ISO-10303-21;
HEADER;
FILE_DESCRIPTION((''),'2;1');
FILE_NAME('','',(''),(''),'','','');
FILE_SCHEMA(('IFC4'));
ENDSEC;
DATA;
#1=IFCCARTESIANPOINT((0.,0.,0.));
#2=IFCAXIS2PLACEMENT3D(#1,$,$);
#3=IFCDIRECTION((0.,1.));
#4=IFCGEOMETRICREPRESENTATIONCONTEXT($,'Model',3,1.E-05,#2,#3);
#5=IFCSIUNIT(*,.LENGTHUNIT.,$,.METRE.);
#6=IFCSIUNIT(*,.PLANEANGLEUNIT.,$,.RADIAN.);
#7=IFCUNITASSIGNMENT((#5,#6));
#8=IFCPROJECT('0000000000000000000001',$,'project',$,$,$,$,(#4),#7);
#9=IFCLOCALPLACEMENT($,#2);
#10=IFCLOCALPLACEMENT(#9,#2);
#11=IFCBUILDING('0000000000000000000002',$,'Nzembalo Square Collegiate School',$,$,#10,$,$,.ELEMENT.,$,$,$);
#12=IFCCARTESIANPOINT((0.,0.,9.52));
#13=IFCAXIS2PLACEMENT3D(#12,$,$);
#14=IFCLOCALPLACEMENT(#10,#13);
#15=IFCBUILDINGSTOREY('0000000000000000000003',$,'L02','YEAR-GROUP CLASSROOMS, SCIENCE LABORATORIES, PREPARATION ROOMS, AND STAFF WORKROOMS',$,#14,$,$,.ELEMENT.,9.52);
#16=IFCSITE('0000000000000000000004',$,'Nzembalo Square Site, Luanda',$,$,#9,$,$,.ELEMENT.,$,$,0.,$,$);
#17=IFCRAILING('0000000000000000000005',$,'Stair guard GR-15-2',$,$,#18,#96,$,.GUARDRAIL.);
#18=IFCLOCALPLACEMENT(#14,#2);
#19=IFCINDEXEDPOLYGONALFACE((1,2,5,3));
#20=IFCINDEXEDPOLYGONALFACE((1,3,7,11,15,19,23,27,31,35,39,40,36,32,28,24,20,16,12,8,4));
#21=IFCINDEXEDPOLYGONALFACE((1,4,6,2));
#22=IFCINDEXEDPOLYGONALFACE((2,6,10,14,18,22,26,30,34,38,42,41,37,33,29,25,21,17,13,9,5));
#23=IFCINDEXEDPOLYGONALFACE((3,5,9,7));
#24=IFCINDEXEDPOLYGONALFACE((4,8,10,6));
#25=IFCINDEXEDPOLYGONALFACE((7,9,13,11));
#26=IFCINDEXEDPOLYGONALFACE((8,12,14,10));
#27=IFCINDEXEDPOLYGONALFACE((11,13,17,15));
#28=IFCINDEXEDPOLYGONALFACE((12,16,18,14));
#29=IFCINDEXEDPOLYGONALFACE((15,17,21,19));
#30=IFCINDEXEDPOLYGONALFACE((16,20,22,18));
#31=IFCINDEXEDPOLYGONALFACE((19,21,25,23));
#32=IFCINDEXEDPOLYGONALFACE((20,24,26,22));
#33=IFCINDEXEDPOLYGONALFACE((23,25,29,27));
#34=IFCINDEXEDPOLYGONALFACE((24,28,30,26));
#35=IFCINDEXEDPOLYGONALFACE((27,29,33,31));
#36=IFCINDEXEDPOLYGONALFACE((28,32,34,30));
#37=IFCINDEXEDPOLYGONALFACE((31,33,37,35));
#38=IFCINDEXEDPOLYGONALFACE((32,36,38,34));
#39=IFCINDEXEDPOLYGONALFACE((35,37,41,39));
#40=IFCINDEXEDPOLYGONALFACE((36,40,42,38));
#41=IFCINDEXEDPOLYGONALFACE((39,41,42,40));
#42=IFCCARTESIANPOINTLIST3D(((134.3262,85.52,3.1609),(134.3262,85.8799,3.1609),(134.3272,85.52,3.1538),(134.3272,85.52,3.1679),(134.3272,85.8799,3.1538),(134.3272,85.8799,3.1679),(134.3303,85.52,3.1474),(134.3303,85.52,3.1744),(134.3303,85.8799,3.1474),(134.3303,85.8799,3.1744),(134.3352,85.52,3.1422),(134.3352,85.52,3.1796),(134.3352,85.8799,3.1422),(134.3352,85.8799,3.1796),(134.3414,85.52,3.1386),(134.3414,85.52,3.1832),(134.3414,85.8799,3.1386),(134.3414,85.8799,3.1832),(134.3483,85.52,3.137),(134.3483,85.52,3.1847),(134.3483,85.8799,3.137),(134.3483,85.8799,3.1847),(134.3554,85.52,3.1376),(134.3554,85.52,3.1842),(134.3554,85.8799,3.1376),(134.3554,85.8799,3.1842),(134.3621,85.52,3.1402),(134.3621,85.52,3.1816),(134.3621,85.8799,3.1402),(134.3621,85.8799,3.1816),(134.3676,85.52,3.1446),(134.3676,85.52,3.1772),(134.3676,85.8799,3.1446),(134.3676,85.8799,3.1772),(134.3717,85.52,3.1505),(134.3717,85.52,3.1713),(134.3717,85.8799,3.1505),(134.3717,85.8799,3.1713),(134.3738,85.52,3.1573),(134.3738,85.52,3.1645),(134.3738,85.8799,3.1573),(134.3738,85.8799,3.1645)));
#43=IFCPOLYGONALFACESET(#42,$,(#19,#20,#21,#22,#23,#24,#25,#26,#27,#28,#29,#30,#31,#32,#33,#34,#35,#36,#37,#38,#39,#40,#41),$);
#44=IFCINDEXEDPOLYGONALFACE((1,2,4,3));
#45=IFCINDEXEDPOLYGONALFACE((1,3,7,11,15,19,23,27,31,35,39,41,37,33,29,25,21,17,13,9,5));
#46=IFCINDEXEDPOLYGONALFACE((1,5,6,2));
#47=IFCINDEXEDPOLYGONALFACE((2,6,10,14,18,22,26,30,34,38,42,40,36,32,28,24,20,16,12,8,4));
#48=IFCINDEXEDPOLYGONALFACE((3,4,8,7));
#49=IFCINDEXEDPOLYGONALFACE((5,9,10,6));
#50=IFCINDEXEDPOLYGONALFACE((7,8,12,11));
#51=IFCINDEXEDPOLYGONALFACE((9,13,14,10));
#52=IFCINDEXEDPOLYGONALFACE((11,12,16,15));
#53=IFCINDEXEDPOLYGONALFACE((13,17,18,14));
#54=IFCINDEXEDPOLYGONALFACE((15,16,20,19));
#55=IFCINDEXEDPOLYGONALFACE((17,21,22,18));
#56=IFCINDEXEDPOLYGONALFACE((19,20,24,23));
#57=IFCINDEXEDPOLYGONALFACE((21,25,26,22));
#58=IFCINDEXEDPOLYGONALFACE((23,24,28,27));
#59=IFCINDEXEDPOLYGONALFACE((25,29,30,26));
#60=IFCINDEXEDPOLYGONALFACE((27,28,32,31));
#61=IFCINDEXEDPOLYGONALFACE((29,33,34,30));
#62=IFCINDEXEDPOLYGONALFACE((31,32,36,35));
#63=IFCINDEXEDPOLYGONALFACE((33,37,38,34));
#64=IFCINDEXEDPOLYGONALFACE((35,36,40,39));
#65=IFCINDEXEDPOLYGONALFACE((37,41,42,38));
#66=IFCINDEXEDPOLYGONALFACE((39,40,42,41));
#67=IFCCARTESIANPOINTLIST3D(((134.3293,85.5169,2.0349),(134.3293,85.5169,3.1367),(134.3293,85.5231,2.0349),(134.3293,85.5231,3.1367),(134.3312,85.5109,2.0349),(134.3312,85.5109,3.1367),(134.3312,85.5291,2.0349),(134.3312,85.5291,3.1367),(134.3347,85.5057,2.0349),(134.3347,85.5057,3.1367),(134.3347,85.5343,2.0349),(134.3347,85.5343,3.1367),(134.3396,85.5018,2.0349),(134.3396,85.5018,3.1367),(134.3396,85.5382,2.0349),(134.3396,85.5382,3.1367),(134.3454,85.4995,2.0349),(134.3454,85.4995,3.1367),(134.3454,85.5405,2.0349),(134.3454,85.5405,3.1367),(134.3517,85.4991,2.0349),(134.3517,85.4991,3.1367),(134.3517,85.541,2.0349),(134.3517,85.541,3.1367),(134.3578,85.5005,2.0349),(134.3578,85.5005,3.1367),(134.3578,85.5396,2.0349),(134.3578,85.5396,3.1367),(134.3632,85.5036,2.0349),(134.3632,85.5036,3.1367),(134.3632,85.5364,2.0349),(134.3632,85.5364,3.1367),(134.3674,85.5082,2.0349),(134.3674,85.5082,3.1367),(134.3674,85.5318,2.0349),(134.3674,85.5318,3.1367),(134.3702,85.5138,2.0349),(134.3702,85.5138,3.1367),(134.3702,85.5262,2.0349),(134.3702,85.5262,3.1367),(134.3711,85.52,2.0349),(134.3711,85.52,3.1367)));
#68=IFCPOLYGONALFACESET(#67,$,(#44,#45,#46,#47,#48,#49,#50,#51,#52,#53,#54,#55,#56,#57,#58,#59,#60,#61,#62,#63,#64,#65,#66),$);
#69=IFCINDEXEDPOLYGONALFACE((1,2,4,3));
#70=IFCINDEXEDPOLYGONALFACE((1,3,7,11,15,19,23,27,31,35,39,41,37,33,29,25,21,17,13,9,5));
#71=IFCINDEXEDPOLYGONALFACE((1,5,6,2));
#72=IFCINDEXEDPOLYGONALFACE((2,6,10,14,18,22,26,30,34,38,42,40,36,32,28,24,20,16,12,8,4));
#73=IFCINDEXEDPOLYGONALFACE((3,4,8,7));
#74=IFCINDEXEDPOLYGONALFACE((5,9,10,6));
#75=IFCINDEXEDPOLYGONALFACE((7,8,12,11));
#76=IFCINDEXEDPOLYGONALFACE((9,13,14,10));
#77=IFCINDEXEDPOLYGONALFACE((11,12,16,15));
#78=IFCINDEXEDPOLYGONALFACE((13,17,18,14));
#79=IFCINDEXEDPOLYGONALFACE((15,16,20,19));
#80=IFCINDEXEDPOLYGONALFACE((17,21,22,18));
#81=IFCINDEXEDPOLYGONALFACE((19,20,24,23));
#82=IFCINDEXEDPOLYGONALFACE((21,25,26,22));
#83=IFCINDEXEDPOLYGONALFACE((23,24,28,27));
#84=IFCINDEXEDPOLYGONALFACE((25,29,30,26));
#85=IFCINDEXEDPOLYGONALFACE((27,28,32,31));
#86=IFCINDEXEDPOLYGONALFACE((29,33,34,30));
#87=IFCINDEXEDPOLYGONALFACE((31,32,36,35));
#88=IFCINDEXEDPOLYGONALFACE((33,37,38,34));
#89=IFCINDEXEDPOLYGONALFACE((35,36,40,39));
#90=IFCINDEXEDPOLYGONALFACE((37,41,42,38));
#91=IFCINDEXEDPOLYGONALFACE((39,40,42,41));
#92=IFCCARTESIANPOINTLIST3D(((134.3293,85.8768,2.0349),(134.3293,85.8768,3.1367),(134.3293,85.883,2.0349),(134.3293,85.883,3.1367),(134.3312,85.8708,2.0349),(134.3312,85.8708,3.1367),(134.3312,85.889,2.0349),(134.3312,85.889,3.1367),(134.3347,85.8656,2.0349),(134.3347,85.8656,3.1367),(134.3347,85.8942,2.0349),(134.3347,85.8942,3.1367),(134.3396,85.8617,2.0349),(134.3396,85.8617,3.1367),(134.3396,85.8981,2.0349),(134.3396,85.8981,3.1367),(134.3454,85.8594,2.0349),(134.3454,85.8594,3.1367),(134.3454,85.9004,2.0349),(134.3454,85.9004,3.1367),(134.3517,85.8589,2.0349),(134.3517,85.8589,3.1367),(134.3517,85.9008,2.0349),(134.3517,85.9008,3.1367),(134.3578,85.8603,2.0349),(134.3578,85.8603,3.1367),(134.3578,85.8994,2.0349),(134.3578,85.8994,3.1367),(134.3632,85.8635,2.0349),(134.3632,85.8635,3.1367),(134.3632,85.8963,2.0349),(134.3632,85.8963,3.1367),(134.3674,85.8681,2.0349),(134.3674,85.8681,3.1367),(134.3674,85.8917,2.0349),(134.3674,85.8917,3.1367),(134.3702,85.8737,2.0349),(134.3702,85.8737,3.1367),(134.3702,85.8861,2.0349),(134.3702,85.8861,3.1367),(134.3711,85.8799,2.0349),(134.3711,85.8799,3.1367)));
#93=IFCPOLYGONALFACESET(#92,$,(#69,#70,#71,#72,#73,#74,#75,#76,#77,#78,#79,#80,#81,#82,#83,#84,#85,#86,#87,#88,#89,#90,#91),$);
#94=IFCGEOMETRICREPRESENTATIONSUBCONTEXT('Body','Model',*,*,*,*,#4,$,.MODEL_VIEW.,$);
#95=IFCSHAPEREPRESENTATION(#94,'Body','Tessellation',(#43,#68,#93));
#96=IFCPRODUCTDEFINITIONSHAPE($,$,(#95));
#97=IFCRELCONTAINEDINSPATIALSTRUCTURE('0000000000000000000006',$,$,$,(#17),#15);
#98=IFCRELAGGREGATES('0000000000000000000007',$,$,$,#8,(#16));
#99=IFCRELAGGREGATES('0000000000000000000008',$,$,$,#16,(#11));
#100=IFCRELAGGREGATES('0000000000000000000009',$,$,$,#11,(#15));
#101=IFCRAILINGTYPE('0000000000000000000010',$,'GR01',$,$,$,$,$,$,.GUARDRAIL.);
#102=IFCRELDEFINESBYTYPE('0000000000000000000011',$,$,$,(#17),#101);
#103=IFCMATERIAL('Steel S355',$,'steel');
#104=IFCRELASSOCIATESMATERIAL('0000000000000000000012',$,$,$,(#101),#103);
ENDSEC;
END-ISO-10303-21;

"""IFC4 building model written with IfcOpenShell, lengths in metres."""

from ifc_helpers import new_model, si_unit, direction, frame, origin, origin_2d, place, context, subcontext, project, spatial, circle, extrude, material, type_object, element, save


model = new_model("IFC4")

# Units and contexts
model_context = context("Model", 3, precision=1e-05, world=origin(), true_north=direction((0.0, 1.0)))
body_context = subcontext(model_context, "Body", "Model", "MODEL_VIEW")
ifc_project = project(units=[si_unit("LENGTHUNIT", "METRE"), si_unit("PLANEANGLEUNIT", "RADIAN")], contexts=[model_context])

# Site, building, storey
site_placement = place(None, origin())
site = spatial("IfcSite", under=ifc_project, at=site_placement, Name="Nzembalo Square Site, Luanda", CompositionType="ELEMENT", RefElevation=0.0)
building_placement = place(site_placement, origin())
building = spatial("IfcBuilding", under=site, at=building_placement, Name="Nzembalo Square Collegiate School", CompositionType="ELEMENT")
storey_placement = place(building_placement, frame((0.0, 0.0, 9.52)))
storey = spatial("IfcBuildingStorey", under=building, at=storey_placement, Name="L02", Description="YEAR-GROUP CLASSROOMS, SCIENCE LABORATORIES, PREPARATION ROOMS, AND STAFF WORKROOMS", CompositionType="ELEMENT", Elevation=9.52)

# Railing
ifc_material_1 = material(Name="Steel S355", Category="steel")
railing_type = type_object("IfcRailingType", Name="GR01", PredefinedType="GUARDRAIL", material=ifc_material_1)
railing_1_placement = place(storey_placement, frame((134.3501, 85.52, 2.0349)))
element("IfcRailing", 1, at=railing_1_placement, inside=storey, type_object=railing_type, Name="Stair guard GR-15-2", PredefinedType="GUARDRAIL", context=body_context, shape_type="SweptSolid", body=[
    extrude(circle(Radius=0.0239, at=origin_2d()), frame((0.0, 0.0, 1.126), z_axis=(0.0, 1.0, 0.0), x_axis=(-1.0, 0.0, 0.0)), (0.0, 0.0, 1.0), 0.3599),
    extrude(circle(Radius=0.021, at=origin_2d()), origin(), (0.0, 0.0, 1.0), 1.1018),
    extrude(circle(Radius=0.021, at=origin_2d()), frame((0.0, 0.3599, 0.0)), (0.0, 0.0, 1.0), 1.1018),
])

save(model, "model.ifc")
